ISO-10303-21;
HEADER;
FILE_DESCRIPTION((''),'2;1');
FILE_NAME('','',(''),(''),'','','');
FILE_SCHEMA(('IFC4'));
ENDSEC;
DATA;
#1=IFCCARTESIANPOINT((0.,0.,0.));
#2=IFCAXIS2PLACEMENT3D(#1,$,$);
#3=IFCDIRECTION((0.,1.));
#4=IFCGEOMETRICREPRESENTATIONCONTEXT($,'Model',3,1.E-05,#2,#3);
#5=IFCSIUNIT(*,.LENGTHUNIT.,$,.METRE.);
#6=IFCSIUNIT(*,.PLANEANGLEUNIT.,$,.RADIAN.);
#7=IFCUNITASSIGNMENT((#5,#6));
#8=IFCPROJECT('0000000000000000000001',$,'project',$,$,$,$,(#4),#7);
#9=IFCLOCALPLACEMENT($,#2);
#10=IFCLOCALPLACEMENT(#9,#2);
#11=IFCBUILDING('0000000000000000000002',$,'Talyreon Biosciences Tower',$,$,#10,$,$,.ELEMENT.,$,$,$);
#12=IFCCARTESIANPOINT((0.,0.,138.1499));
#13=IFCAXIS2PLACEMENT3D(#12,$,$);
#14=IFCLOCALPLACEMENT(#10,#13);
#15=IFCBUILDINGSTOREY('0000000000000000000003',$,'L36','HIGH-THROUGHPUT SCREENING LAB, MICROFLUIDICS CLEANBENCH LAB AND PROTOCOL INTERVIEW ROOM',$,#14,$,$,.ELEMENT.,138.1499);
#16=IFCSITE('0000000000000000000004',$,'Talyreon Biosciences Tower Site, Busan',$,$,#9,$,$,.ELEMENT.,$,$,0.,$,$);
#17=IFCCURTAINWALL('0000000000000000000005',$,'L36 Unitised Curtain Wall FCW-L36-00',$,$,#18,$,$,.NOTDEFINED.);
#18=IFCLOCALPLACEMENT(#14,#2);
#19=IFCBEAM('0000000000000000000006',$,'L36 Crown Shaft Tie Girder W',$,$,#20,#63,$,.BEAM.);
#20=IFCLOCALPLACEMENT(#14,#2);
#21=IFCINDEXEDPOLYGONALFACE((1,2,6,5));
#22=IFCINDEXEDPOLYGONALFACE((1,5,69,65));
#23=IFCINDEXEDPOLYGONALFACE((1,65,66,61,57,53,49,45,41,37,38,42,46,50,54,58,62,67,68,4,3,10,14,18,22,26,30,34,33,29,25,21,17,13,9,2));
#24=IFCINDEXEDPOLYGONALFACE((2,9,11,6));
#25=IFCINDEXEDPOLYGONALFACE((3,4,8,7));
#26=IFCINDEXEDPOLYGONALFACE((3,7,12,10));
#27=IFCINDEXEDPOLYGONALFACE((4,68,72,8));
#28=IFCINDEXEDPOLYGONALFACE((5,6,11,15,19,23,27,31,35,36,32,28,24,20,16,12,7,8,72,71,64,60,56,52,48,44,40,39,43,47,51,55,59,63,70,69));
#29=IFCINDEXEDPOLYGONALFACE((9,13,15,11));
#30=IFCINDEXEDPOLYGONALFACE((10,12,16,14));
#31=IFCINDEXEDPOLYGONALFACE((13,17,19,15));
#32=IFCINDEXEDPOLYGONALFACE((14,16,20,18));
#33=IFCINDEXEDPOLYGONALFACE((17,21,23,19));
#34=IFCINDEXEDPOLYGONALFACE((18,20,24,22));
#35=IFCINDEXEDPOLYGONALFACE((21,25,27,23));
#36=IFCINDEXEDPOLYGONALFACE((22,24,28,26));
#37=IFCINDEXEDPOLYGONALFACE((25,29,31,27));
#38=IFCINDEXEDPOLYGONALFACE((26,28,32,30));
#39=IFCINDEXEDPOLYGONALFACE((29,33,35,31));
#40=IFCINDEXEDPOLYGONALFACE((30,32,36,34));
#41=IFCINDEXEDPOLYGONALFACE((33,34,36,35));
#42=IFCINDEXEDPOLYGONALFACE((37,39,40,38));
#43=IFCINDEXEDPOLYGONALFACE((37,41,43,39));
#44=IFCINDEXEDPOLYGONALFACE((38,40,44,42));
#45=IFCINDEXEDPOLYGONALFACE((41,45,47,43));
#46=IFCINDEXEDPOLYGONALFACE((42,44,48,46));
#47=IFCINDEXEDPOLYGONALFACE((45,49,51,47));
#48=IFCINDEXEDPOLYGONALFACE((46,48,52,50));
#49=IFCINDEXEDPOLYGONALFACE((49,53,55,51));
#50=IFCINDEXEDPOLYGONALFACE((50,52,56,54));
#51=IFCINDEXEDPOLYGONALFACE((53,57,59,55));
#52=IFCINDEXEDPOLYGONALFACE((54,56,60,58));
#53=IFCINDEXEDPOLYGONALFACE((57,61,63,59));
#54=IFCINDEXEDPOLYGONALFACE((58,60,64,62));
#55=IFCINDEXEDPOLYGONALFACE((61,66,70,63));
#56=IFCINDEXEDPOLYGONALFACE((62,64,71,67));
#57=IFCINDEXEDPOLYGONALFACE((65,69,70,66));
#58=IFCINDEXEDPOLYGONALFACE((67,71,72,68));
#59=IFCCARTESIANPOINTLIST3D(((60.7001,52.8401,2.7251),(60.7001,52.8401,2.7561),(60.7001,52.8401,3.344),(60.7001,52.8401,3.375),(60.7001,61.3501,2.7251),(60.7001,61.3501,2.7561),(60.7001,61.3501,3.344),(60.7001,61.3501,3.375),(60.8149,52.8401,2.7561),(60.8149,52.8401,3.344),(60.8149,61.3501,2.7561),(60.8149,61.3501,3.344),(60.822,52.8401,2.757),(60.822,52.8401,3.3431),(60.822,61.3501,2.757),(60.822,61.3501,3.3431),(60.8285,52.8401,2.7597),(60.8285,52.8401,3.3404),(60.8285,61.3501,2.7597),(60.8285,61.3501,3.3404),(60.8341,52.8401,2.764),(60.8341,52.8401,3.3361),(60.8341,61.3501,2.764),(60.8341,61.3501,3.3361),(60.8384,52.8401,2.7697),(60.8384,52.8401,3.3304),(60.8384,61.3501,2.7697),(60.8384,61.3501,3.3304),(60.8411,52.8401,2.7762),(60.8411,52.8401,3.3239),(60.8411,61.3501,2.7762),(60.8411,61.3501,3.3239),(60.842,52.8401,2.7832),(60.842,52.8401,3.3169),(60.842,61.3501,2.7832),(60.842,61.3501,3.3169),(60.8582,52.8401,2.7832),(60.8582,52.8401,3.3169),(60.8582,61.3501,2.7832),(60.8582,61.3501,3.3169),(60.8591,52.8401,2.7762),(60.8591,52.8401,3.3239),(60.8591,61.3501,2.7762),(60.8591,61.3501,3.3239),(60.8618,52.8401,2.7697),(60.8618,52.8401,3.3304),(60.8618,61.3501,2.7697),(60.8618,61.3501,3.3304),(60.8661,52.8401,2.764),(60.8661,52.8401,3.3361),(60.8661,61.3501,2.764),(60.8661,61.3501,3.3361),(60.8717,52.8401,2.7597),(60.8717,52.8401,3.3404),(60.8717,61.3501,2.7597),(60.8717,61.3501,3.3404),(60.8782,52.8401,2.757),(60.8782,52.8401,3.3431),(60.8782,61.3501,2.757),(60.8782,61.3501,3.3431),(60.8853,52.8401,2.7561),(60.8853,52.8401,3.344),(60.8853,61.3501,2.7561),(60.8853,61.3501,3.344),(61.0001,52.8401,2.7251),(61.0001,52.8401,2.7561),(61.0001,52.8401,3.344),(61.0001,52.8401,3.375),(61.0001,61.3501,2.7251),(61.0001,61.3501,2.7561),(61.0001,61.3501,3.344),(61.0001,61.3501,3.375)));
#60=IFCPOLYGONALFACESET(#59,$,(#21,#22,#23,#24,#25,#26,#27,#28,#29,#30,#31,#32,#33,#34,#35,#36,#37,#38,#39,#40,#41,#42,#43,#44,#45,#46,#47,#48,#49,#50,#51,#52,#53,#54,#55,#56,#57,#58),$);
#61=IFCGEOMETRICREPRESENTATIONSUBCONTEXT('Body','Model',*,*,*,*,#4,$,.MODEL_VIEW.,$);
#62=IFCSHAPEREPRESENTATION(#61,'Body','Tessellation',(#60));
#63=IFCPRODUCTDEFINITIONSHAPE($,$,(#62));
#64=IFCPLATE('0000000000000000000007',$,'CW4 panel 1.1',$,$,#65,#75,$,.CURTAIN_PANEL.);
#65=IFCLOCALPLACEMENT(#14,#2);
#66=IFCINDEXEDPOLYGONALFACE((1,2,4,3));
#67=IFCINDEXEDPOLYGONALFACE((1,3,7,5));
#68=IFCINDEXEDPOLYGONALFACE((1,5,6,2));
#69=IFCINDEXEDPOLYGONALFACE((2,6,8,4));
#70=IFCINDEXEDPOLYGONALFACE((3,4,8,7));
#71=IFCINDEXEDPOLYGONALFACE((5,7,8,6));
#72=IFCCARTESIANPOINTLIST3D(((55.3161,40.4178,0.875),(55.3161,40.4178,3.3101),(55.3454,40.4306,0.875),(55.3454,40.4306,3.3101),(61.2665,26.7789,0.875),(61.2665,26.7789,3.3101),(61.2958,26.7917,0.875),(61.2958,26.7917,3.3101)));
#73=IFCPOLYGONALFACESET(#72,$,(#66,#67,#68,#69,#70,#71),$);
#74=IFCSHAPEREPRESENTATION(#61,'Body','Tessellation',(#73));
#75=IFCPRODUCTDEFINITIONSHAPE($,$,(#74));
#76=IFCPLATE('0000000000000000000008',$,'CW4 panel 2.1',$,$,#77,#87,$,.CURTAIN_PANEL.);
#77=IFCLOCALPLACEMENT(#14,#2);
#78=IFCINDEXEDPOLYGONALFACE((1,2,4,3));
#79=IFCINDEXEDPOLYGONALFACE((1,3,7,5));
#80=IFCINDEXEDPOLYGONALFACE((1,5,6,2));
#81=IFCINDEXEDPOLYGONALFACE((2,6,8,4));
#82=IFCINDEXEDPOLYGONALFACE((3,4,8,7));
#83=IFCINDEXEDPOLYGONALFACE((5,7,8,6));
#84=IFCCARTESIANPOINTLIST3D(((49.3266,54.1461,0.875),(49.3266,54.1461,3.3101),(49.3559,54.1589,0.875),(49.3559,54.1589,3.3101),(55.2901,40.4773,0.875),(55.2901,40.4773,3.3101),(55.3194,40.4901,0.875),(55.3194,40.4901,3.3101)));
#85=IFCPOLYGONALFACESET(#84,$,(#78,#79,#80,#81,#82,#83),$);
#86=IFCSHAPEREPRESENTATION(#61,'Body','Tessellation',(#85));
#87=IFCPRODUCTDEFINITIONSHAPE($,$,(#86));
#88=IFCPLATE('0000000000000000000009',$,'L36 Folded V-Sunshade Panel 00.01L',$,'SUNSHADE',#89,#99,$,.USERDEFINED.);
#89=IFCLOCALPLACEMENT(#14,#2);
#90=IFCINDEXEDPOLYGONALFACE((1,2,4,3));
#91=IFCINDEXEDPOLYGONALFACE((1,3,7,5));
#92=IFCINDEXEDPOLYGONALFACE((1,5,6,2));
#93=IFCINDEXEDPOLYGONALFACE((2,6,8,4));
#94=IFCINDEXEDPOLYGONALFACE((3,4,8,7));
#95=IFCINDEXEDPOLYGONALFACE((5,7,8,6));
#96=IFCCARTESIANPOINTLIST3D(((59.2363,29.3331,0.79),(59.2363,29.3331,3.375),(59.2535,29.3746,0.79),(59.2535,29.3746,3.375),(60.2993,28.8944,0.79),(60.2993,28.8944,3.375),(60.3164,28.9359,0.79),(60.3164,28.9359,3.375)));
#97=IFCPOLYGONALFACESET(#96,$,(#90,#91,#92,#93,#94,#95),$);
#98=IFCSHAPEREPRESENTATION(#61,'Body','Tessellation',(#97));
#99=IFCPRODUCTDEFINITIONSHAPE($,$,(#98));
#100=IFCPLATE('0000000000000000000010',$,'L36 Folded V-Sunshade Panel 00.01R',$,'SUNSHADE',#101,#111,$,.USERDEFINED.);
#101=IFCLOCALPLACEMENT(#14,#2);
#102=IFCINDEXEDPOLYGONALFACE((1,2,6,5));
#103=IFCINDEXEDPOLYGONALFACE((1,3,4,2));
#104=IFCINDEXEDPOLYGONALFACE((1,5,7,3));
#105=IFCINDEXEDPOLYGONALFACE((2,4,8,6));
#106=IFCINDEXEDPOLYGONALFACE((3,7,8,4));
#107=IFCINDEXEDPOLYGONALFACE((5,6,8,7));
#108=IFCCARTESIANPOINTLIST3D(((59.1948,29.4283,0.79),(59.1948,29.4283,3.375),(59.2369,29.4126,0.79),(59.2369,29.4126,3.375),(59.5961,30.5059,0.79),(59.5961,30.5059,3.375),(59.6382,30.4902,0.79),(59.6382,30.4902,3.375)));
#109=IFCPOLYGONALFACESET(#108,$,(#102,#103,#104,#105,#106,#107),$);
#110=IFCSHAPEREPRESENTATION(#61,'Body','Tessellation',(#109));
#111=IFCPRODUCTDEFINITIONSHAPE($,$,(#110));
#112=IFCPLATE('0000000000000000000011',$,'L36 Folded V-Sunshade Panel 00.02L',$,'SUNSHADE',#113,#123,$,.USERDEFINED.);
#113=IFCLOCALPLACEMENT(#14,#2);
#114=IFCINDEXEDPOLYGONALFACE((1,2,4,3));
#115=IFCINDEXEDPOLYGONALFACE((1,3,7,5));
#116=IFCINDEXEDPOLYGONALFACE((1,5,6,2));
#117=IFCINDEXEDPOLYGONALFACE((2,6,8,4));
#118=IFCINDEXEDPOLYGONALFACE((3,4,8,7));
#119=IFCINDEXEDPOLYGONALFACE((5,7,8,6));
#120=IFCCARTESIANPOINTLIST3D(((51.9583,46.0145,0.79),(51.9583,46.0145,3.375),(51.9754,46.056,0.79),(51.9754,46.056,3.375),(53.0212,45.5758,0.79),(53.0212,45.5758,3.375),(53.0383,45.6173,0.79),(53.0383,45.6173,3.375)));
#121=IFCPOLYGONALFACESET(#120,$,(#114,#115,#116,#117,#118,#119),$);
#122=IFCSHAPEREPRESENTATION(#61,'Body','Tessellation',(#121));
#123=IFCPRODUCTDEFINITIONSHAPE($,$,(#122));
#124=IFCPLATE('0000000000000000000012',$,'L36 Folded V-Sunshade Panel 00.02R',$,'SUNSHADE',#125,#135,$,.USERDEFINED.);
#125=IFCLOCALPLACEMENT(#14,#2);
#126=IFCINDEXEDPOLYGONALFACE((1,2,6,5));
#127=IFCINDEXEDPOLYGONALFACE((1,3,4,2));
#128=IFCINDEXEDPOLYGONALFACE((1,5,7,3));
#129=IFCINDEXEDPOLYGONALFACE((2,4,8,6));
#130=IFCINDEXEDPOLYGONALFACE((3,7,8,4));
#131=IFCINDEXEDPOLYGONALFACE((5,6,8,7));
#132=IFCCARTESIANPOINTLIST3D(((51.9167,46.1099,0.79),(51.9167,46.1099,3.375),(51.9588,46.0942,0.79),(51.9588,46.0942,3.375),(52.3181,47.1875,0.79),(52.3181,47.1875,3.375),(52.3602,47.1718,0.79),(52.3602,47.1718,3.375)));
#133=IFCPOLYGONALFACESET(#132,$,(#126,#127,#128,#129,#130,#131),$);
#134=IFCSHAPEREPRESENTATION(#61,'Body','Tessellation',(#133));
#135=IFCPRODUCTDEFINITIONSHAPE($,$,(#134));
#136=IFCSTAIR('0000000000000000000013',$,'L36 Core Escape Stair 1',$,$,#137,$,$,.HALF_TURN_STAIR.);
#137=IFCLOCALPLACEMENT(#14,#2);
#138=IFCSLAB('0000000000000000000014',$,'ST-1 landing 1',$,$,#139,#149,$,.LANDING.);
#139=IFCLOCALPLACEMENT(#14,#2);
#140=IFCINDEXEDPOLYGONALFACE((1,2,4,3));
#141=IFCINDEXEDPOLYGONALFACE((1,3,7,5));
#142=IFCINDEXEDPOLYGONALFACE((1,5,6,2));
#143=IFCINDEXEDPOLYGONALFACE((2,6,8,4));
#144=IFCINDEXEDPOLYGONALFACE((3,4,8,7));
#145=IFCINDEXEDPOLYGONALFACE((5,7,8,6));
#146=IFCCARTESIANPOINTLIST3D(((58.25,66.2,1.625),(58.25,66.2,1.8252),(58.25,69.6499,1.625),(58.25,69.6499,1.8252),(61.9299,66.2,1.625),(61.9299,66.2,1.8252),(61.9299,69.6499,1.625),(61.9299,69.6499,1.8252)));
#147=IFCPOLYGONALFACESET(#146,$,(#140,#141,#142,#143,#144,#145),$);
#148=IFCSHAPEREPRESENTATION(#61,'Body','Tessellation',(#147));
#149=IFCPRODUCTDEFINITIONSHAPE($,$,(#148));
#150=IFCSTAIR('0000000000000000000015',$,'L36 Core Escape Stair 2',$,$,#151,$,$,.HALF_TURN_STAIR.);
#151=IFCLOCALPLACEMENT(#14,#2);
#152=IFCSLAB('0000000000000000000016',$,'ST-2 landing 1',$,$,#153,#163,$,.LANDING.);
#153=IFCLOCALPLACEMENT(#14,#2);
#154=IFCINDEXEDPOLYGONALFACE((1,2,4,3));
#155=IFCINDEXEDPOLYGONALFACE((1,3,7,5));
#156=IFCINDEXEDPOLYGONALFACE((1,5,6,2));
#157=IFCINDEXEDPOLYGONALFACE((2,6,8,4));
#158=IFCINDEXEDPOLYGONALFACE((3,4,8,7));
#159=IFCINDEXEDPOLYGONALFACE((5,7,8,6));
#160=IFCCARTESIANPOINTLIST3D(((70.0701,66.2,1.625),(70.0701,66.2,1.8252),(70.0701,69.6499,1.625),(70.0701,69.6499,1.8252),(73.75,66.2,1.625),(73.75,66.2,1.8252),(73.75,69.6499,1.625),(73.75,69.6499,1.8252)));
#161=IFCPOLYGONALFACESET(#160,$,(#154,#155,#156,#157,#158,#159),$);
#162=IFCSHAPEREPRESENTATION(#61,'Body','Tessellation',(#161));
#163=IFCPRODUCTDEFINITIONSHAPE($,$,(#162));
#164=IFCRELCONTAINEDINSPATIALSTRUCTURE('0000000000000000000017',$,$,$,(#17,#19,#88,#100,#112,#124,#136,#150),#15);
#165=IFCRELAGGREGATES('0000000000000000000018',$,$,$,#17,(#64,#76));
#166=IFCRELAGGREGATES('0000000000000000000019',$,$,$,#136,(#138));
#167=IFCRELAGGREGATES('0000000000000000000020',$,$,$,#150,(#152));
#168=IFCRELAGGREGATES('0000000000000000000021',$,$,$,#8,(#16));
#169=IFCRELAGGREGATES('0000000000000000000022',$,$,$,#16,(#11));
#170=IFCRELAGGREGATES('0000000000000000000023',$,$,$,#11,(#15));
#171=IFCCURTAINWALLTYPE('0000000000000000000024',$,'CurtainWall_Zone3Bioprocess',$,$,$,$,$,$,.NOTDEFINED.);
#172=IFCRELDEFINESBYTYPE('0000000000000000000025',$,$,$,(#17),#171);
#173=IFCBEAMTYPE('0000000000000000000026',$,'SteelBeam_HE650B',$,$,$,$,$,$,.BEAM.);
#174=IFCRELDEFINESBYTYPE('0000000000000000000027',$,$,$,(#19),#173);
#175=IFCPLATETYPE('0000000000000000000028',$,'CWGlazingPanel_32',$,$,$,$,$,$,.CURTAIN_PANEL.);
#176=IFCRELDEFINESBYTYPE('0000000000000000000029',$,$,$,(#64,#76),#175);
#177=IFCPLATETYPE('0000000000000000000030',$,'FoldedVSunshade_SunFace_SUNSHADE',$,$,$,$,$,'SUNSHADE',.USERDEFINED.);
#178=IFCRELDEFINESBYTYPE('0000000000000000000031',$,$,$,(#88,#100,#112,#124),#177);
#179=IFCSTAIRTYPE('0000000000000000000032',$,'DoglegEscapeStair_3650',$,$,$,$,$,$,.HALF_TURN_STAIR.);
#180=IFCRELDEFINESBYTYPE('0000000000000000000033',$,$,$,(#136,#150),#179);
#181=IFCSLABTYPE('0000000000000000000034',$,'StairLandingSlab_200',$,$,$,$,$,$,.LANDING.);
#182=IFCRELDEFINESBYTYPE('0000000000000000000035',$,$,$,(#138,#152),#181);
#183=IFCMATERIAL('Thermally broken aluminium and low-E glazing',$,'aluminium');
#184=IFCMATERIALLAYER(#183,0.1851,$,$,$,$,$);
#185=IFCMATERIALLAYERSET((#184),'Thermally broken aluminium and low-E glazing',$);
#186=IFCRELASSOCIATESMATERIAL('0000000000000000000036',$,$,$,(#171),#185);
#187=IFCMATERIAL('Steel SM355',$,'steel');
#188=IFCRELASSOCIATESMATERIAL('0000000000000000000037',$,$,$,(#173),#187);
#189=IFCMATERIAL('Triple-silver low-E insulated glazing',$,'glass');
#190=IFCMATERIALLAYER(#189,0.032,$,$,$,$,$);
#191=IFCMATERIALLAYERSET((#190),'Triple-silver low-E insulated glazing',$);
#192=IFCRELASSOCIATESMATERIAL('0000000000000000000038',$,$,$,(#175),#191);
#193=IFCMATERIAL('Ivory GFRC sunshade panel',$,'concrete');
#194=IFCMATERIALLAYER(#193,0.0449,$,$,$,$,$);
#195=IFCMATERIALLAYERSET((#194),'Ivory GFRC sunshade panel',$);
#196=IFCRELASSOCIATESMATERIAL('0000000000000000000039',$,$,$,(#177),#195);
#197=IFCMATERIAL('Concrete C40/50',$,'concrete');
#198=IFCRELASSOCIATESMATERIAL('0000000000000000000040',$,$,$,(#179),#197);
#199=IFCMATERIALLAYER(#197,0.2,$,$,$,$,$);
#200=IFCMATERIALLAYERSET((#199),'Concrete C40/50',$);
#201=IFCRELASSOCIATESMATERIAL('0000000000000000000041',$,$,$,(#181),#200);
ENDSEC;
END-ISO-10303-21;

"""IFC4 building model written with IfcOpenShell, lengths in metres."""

from ifc_helpers import new_model, si_unit, direction, frame, origin, origin_2d, place, context, subcontext, project, spatial, polyline, rectangle, i_section, outline, extrude, material, layer, layer_set, material_profile, profile_set, type_object, element, aggregate, save


model = new_model("IFC4")

# Units and contexts
model_context = context("Model", 3, precision=1e-05, world=origin(), true_north=direction((0.0, 1.0)))
body_context = subcontext(model_context, "Body", "Model", "MODEL_VIEW")
ifc_project = project(units=[si_unit("LENGTHUNIT", "METRE"), si_unit("PLANEANGLEUNIT", "RADIAN")], contexts=[model_context])

# Site, building, storey
site_placement = place(None, origin())
site = spatial("IfcSite", under=ifc_project, at=site_placement, Name="Talyreon Biosciences Tower Site, Busan", CompositionType="ELEMENT", RefElevation=0.0)
building_placement = place(site_placement, origin())
building = spatial("IfcBuilding", under=site, at=building_placement, Name="Talyreon Biosciences Tower", CompositionType="ELEMENT")
storey_placement = place(building_placement, frame((0.0, 0.0, 138.1499)))
storey = spatial("IfcBuildingStorey", under=building, at=storey_placement, Name="L36", Description="HIGH-THROUGHPUT SCREENING LAB, MICROFLUIDICS CLEANBENCH LAB AND PROTOCOL INTERVIEW ROOM", CompositionType="ELEMENT", Elevation=138.1499)

# Curtain wall
ifc_material_1 = material(Name="Thermally broken aluminium and low-E glazing", Category="aluminium")
ifc_layer_1 = layer(ifc_material_1, 0.1851)
ifc_layer_set_1 = layer_set([ifc_layer_1], Name="Thermally broken aluminium and low-E glazing")
curtain_wall_type = type_object("IfcCurtainWallType", Name="CurtainWall_Zone3Bioprocess", PredefinedType="NOTDEFINED", material=ifc_layer_set_1)
curtain_wall_placement = place(storey_placement, origin())
curtain_wall = element("IfcCurtainWall", 1, at=curtain_wall_placement, inside=storey, type_object=curtain_wall_type, Name="L36 Unitised Curtain Wall FCW-L36-00", PredefinedType="NOTDEFINED")

# Beam
ifc_material_2 = material(Name="Steel SM355", Category="steel")
ifc_material_profile_1 = material_profile(ifc_material_2, i_section(OverallWidth=0.3, OverallDepth=0.6499, WebThickness=0.0161, FlangeThickness=0.031, FilletRadius=0.0271, at=origin_2d()), Name="HE650B")
ifc_profile_set_1 = profile_set([ifc_material_profile_1], Name="Steel SM355")
beam_type_1 = type_object("IfcBeamType", Name="SteelBeam_HE650B", PredefinedType="BEAM", material=ifc_profile_set_1)
beam_1_placement = place(storey_placement, frame((60.8501, 52.8401, 3.05), z_axis=(0.0, 1.0, 0.0), x_axis=(-1.0, 0.0, 0.0)))
element("IfcBeam", 2, at=beam_1_placement, inside=storey, type_object=beam_type_1, Name="L36 Crown Shaft Tie Girder W", PredefinedType="BEAM", context=body_context, shape_type="SweptSolid", body=[
    extrude(i_section(OverallWidth=0.3, OverallDepth=0.6499, WebThickness=0.0161, FlangeThickness=0.031, FilletRadius=0.0271, at=origin_2d()), origin(), (0.0, 0.0, 1.0), 8.51),
])

# Plates
ifc_material_3 = material(Name="Triple-silver low-E insulated glazing", Category="glass")
ifc_layer_2 = layer(ifc_material_3, 0.032)
ifc_layer_set_2 = layer_set([ifc_layer_2], Name="Triple-silver low-E insulated glazing")
plate_type_1 = type_object("IfcPlateType", Name="CWGlazingPanel_32", PredefinedType="CURTAIN_PANEL", material=ifc_layer_set_2)
plate_1_placement = place(storey_placement, frame((58.3059, 33.6047, 0.875), z_axis=(0.0, 0.0, 1.0), x_axis=(-0.399882, 0.916566, 0.0)))
plate_1 = element("IfcPlate", 3, at=plate_1_placement, type_object=plate_type_1, Name="CW4 panel 1.1", PredefinedType="CURTAIN_PANEL", context=body_context, shape_type="SweptSolid", body=[
    extrude(rectangle(XDim=14.8804, YDim=0.032, at=origin_2d()), origin(), (0.0, 0.0, 1.0), 2.4351),
])
plate_2_placement = place(storey_placement, frame((52.323, 47.3181, 0.875), z_axis=(0.0, 0.0, 1.0), x_axis=(-0.399882, 0.916566, 0.0)))
plate_2 = element("IfcPlate", 4, at=plate_2_placement, type_object=plate_type_1, Name="CW4 panel 2.1", PredefinedType="CURTAIN_PANEL", context=body_context, shape_type="SweptSolid", body=[
    extrude(rectangle(XDim=14.9131, YDim=0.032, at=origin_2d()), origin(), (0.0, 0.0, 1.0), 2.4351),
])
aggregate(curtain_wall, [plate_1, plate_2])

# Plates
ifc_material_4 = material(Name="Ivory GFRC sunshade panel", Category="concrete")
ifc_layer_3 = layer(ifc_material_4, 0.0449)
ifc_layer_set_3 = layer_set([ifc_layer_3], Name="Ivory GFRC sunshade panel")
plate_type_2 = type_object("IfcPlateType", Name="FoldedVSunshade_SunFace_SUNSHADE", ElementType="SUNSHADE", PredefinedType="USERDEFINED", material=ifc_layer_set_3)
for number, where, z_axis, x_axis, name in (
    (5, (59.7764, 29.1345, 0.79), (0.0, 0.0, 1.0), (-0.924353, 0.381538, 0.0), "L36 Folded V-Sunshade Panel 00.01L"),
    (6, (59.4165, 29.9592, 0.79), (0.0, 0.0, 1.0), (0.349046, 0.937105, 0.0), "L36 Folded V-Sunshade Panel 00.01R"),
    (7, (52.4983, 45.8159, 0.79), (0.0, 0.0, 1.0), (-0.924353, 0.381538, 0.0), "L36 Folded V-Sunshade Panel 00.02L"),
    (8, (52.1384, 46.6409, 0.79), (0.0, 0.0, 1.0), (0.349046, 0.937105, 0.0), "L36 Folded V-Sunshade Panel 00.02R"),
):
    element("IfcPlate", number, at=place(storey_placement, frame(where, z_axis=z_axis, x_axis=x_axis)), inside=storey, type_object=plate_type_2, Name=name, ObjectType="SUNSHADE", PredefinedType="USERDEFINED", context=body_context, shape_type="SweptSolid", body=[
        extrude(rectangle(XDim=1.1499, YDim=0.0449, at=origin_2d()), origin(), (0.0, 0.0, 1.0), 2.585),
    ])

# Stairs, slabs
ifc_material_5 = material(Name="Concrete C40/50", Category="concrete")
stair_type = type_object("IfcStairType", Name="DoglegEscapeStair_3650", PredefinedType="HALF_TURN_STAIR", material=ifc_material_5)
stair_1_placement = place(storey_placement, origin())
stair_1 = element("IfcStair", 9, at=stair_1_placement, inside=storey, type_object=stair_type, Name="L36 Core Escape Stair 1", PredefinedType="HALF_TURN_STAIR")
ifc_layer_4 = layer(ifc_material_5, 0.2)
ifc_layer_set_4 = layer_set([ifc_layer_4], Name="Concrete C40/50")
slab_type_1 = type_object("IfcSlabType", Name="StairLandingSlab_200", PredefinedType="LANDING", material=ifc_layer_set_4)
slab_1_placement = place(storey_placement, frame((0.0, 0.0, 1.625)))
slab_1 = element("IfcSlab", 10, at=slab_1_placement, type_object=slab_type_1, Name="ST-1 landing 1", PredefinedType="LANDING", context=body_context, shape_type="SweptSolid", body=[
    extrude(outline(polyline([(61.9299, 66.2), (61.9299, 69.6499), (58.25, 69.6499), (58.25, 66.2), (61.9299, 66.2)])), origin(), (0.0, 0.0, 1.0), 0.2002),
])
aggregate(stair_1, [slab_1])
stair_2_placement = place(storey_placement, origin())
stair_2 = element("IfcStair", 11, at=stair_2_placement, inside=storey, type_object=stair_type, Name="L36 Core Escape Stair 2", PredefinedType="HALF_TURN_STAIR")
slab_2_placement = place(storey_placement, frame((0.0, 0.0, 1.625)))
slab_2 = element("IfcSlab", 12, at=slab_2_placement, type_object=slab_type_1, Name="ST-2 landing 1", PredefinedType="LANDING", context=body_context, shape_type="SweptSolid", body=[
    extrude(outline(polyline([(73.75, 66.2), (73.75, 69.6499), (70.0701, 69.6499), (70.0701, 66.2), (73.75, 66.2)])), origin(), (0.0, 0.0, 1.0), 0.2002),
])
aggregate(stair_2, [slab_2])

save(model, "model.ifc")
